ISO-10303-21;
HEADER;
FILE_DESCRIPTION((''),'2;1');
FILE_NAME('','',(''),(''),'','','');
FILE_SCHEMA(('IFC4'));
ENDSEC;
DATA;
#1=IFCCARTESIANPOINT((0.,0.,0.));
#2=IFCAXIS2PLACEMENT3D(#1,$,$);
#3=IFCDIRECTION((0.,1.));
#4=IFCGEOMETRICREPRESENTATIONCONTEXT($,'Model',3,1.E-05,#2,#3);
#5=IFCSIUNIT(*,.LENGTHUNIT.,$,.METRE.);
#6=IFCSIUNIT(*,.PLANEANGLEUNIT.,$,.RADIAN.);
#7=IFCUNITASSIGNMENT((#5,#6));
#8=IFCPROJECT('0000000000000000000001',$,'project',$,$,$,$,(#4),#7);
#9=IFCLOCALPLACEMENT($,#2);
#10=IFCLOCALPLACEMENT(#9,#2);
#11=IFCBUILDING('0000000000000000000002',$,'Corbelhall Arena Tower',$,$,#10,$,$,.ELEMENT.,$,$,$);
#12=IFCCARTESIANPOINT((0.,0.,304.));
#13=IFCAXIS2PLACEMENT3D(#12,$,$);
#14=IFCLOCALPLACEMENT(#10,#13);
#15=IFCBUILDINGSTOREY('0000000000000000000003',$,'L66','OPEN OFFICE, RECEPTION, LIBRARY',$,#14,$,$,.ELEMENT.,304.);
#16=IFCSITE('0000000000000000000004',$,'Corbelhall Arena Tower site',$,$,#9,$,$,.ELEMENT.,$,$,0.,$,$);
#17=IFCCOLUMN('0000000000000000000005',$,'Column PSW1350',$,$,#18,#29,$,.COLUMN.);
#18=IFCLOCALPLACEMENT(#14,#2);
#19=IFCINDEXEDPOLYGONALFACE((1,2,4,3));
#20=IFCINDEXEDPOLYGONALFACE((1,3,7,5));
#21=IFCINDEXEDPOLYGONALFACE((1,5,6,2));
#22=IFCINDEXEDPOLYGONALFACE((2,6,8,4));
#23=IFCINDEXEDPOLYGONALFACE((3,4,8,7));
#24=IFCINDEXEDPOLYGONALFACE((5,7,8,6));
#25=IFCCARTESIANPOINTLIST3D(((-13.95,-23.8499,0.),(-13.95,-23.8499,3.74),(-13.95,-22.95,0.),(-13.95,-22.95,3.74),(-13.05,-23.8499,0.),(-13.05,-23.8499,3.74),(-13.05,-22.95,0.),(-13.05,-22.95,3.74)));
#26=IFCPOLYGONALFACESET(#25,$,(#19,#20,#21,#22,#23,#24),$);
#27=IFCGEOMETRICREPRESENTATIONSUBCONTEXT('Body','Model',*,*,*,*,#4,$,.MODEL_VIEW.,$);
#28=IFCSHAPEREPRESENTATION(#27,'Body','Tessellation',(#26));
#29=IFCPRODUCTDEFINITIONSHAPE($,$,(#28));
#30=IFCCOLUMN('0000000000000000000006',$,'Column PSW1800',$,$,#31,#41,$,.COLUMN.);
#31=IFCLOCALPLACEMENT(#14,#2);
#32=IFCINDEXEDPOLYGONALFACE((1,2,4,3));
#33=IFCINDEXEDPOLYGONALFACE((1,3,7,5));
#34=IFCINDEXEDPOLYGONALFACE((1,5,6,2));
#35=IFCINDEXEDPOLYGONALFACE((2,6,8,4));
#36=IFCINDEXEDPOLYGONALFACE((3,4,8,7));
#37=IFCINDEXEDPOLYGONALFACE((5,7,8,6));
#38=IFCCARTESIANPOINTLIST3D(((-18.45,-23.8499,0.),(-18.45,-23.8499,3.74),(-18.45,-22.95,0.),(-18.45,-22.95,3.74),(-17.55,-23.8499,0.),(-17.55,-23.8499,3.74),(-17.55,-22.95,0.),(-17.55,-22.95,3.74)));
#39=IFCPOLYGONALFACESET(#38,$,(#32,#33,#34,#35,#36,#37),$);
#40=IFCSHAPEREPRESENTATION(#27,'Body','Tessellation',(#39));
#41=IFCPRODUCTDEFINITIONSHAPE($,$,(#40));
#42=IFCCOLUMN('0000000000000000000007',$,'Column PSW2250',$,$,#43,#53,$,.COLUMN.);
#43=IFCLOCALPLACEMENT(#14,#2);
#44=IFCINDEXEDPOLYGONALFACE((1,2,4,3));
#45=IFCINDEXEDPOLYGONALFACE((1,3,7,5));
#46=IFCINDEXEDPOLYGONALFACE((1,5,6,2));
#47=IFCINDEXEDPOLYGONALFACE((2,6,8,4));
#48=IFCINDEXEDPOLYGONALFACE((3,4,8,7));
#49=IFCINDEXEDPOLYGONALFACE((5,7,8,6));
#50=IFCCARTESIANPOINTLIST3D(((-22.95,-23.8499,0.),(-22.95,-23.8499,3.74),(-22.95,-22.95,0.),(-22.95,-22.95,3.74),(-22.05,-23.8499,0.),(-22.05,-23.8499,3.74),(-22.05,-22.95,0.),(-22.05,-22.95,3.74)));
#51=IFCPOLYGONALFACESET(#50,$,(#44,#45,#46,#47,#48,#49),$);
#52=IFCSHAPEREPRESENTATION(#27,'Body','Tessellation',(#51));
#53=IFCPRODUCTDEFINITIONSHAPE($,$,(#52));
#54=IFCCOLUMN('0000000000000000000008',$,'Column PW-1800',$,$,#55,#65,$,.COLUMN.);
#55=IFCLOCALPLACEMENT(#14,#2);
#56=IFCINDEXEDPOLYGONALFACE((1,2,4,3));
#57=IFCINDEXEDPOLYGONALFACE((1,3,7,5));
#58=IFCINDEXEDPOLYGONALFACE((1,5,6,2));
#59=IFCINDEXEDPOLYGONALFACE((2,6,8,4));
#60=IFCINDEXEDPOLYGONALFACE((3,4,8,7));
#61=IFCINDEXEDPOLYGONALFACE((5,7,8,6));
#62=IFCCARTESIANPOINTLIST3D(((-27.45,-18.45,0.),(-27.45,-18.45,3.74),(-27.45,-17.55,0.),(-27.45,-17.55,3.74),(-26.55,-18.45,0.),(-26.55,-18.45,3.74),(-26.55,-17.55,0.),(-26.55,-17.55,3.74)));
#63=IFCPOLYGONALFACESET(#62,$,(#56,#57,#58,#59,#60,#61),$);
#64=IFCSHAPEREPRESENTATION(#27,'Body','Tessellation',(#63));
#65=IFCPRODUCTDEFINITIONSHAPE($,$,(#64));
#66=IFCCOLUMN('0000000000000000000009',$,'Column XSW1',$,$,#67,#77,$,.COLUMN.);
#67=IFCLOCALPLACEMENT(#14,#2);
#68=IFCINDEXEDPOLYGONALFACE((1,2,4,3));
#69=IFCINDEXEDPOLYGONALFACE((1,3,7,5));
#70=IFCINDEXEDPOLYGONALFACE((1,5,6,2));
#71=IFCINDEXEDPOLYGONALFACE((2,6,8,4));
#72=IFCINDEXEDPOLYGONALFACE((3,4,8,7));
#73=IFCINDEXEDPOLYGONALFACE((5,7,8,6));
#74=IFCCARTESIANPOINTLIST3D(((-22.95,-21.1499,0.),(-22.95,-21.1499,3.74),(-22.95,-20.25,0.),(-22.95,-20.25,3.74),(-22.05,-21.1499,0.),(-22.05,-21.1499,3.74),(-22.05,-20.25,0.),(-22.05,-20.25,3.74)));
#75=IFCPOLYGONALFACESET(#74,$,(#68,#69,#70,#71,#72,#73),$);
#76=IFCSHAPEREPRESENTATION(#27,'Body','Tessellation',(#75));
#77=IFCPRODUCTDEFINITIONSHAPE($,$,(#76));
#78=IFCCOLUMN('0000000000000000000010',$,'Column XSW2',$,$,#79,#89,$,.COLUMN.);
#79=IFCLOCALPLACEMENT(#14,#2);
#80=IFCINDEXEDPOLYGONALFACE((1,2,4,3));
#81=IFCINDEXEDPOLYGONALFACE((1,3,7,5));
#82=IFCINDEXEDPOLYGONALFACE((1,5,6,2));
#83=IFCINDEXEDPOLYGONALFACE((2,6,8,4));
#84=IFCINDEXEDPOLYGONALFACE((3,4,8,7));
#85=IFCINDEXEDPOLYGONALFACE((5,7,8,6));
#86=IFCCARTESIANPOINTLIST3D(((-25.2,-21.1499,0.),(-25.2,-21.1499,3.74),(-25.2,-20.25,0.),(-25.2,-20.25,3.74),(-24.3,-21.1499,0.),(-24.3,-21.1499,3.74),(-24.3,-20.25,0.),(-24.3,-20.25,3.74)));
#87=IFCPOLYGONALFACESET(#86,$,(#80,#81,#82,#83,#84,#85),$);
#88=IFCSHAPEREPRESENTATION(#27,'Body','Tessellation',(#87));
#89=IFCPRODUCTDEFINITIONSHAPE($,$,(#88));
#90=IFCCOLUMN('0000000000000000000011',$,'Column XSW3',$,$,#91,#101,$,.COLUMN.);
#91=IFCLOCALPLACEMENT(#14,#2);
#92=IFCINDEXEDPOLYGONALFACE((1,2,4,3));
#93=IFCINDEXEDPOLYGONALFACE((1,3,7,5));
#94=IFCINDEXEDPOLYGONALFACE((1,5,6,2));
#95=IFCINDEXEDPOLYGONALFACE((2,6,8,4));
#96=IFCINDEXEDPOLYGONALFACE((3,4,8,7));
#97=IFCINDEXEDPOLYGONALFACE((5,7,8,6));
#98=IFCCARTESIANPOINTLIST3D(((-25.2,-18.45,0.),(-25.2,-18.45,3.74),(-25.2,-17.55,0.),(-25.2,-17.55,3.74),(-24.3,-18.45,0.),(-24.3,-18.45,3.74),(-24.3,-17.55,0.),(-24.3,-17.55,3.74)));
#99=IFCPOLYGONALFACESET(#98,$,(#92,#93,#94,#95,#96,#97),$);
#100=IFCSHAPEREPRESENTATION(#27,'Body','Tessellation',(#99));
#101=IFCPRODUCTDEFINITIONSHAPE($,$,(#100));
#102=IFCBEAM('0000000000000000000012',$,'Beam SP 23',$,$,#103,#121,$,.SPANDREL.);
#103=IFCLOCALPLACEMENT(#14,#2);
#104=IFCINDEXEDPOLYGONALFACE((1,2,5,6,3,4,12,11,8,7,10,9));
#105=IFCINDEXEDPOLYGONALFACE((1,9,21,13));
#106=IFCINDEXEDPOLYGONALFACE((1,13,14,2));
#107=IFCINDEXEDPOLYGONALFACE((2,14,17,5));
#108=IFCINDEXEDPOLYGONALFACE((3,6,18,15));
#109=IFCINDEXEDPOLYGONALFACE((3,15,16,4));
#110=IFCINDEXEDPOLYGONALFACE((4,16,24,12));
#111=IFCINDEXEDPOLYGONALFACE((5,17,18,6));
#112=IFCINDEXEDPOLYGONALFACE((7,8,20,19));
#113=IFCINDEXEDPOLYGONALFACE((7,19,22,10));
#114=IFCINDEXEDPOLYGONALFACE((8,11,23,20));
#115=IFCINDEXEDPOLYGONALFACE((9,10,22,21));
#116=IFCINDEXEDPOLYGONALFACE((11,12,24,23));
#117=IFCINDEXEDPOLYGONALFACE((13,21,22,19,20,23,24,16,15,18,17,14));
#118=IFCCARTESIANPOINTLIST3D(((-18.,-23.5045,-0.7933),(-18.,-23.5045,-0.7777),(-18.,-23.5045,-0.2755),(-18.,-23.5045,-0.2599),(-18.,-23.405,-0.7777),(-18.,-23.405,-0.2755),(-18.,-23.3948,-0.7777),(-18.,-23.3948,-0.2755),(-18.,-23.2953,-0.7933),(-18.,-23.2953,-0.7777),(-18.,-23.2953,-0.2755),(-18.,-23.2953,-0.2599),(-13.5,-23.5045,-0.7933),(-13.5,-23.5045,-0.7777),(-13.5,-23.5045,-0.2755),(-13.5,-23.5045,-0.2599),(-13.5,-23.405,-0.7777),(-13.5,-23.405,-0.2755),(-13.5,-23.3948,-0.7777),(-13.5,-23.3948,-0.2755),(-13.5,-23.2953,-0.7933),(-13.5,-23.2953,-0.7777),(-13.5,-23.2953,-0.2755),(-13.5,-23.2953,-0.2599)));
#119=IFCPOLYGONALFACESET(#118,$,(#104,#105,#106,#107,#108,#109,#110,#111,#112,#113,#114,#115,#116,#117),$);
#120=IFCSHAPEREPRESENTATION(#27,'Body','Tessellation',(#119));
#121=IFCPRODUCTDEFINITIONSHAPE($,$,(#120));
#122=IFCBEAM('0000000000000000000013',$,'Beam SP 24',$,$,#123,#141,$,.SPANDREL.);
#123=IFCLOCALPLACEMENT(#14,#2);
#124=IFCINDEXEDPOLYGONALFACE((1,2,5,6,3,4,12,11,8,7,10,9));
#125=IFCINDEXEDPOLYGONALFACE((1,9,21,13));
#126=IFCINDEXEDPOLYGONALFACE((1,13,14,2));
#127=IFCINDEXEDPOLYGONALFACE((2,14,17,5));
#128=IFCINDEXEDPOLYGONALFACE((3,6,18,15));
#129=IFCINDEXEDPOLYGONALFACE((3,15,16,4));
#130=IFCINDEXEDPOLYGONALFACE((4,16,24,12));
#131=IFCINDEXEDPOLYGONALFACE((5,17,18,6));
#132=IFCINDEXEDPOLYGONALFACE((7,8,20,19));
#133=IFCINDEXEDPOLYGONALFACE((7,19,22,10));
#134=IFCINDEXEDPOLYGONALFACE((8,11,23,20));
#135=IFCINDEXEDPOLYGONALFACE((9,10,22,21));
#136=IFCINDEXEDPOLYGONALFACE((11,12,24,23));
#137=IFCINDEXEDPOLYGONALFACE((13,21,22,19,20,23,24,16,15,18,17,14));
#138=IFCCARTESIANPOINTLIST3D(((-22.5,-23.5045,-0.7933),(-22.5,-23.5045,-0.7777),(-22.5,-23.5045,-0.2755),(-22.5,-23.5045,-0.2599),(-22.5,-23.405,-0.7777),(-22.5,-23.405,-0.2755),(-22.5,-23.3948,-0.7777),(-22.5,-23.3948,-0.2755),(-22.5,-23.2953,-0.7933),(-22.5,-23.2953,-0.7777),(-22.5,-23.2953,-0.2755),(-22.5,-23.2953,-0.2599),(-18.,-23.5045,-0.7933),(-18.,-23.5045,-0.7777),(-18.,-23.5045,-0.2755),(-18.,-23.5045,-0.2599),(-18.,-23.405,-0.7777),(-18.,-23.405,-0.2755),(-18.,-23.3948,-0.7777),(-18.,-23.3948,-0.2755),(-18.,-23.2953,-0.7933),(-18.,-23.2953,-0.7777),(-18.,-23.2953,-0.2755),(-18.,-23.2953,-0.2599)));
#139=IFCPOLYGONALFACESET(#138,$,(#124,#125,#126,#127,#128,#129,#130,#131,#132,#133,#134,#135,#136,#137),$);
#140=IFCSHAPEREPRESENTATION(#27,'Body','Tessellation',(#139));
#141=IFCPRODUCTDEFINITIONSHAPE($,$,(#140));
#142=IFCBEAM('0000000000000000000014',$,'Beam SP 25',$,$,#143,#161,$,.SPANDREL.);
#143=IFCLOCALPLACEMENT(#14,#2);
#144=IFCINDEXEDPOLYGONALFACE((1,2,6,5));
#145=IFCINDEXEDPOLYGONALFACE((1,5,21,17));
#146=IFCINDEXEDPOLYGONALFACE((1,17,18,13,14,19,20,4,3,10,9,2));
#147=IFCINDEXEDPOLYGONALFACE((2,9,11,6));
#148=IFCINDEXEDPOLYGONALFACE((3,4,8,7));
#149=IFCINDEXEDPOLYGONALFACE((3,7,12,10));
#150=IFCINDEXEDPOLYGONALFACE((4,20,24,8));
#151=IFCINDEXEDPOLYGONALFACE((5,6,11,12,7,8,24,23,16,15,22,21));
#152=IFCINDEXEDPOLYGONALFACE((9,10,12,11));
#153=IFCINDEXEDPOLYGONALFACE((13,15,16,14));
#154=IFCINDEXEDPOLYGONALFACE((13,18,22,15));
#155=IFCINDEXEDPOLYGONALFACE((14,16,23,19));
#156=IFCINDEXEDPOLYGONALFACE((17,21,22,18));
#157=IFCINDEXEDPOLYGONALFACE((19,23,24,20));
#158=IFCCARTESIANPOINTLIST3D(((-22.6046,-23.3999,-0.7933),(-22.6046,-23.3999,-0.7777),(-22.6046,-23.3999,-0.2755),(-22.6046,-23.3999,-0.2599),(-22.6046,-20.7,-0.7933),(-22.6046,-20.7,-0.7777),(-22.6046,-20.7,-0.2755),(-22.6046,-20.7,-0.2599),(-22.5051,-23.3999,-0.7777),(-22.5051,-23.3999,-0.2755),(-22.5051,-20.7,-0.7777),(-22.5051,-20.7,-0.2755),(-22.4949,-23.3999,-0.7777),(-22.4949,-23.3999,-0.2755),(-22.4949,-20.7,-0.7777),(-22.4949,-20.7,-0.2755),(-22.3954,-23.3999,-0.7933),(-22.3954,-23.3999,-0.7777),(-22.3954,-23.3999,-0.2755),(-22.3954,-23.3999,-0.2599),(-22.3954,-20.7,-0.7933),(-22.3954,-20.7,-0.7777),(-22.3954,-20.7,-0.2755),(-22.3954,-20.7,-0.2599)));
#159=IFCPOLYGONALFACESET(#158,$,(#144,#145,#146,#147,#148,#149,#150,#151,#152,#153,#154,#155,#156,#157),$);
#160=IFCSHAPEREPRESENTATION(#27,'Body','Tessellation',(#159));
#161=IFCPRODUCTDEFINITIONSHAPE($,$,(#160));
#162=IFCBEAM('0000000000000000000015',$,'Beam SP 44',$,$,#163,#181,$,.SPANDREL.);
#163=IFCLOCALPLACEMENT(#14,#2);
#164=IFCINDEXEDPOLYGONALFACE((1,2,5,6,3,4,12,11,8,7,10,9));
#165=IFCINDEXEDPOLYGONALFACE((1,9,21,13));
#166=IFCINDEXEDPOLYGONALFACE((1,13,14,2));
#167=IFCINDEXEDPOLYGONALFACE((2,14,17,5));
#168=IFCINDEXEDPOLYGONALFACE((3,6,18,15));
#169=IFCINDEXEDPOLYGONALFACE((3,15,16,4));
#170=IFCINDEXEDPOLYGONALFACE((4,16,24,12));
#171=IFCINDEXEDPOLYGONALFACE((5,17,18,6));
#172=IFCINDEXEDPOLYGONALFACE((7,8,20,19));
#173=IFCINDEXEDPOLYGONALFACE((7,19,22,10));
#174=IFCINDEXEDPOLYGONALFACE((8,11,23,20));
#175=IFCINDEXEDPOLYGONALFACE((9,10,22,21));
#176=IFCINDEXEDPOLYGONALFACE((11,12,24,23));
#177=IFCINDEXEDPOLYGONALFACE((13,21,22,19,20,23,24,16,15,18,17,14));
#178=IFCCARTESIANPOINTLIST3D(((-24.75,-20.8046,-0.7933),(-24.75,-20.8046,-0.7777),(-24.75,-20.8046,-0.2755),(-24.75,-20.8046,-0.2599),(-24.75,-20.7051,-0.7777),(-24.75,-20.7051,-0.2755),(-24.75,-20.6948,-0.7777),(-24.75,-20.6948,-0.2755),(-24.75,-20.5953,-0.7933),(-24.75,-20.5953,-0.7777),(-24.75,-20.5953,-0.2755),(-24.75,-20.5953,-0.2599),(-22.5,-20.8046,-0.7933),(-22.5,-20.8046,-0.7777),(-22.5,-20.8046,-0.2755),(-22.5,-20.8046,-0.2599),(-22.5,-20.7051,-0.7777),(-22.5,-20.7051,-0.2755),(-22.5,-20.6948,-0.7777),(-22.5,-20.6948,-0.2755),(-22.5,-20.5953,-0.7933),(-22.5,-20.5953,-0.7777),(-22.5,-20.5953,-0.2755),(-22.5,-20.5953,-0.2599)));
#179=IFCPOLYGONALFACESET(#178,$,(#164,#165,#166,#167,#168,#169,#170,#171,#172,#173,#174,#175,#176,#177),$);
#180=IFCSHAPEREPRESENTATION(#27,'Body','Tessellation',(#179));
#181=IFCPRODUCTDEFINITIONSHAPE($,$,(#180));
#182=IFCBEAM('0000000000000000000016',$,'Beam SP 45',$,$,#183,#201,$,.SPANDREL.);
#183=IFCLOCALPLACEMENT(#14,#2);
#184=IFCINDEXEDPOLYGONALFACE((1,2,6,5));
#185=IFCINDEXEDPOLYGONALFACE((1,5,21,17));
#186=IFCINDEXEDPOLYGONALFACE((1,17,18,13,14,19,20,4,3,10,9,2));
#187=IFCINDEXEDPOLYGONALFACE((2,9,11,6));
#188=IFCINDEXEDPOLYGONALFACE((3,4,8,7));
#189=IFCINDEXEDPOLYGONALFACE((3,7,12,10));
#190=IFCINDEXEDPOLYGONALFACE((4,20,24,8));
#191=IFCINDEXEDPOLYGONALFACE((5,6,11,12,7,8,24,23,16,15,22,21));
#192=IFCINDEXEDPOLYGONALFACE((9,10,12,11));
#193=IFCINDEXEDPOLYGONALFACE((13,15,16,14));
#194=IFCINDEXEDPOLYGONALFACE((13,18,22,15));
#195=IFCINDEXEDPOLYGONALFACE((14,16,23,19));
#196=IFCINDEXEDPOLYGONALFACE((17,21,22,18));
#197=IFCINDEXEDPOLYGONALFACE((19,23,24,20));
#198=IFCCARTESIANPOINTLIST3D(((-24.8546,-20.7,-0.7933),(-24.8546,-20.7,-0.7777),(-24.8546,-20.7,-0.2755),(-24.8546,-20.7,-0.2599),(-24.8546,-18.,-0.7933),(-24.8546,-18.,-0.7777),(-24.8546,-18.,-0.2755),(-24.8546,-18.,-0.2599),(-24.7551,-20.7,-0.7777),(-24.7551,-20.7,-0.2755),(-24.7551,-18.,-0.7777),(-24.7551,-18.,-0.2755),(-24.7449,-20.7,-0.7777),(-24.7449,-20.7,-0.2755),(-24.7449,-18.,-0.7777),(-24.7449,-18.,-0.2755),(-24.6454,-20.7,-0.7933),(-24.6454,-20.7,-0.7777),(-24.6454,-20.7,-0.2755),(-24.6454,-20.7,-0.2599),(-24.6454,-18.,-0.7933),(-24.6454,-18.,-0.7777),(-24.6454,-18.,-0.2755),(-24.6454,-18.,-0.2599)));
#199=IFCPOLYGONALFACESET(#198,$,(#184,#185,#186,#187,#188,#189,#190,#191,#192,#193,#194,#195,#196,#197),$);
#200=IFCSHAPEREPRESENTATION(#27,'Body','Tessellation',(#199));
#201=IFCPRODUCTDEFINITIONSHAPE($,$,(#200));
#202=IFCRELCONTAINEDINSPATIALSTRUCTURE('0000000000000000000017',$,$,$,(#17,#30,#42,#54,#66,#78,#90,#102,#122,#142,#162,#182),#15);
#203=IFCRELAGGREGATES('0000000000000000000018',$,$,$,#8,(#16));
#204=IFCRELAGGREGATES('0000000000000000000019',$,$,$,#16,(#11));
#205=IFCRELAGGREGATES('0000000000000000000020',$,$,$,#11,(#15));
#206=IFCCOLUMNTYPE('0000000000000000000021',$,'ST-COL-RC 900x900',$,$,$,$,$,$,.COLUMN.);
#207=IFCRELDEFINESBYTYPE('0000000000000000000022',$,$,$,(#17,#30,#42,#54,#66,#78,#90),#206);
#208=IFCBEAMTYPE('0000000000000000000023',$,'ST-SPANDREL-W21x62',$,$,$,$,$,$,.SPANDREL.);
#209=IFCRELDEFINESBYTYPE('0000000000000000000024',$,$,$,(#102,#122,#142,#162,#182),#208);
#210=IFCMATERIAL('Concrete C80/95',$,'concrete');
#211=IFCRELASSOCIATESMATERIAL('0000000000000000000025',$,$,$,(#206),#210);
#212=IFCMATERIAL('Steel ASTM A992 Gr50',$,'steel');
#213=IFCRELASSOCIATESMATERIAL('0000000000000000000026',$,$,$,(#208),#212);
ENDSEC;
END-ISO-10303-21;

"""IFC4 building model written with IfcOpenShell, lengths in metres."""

from ifc_helpers import new_model, si_unit, direction, frame, origin, origin_2d, place, context, subcontext, project, spatial, rectangle, i_section, extrude, material, material_profile, profile_set, type_object, element, save


model = new_model("IFC4")

# Units and contexts
model_context = context("Model", 3, precision=1e-05, world=origin(), true_north=direction((0.0, 1.0)))
body_context = subcontext(model_context, "Body", "Model", "MODEL_VIEW")
ifc_project = project(units=[si_unit("LENGTHUNIT", "METRE"), si_unit("PLANEANGLEUNIT", "RADIAN")], contexts=[model_context])

# Site, building, storey
site_placement = place(None, origin())
site = spatial("IfcSite", under=ifc_project, at=site_placement, Name="Corbelhall Arena Tower site", CompositionType="ELEMENT", RefElevation=0.0)
building_placement = place(site_placement, origin())
building = spatial("IfcBuilding", under=site, at=building_placement, Name="Corbelhall Arena Tower", CompositionType="ELEMENT")
storey_placement = place(building_placement, frame((0.0, 0.0, 304.0)))
storey = spatial("IfcBuildingStorey", under=building, at=storey_placement, Name="L66", Description="OPEN OFFICE, RECEPTION, LIBRARY", CompositionType="ELEMENT", Elevation=304.0)

# Columns
ifc_material_1 = material(Name="Concrete C80/95", Category="concrete")
ifc_material_profile_1 = material_profile(ifc_material_1, rectangle(XDim=0.8999, YDim=0.8999, at=origin_2d()))
ifc_profile_set_1 = profile_set([ifc_material_profile_1], Name="Concrete C80/95")
column_type = type_object("IfcColumnType", Name="ST-COL-RC 900x900", PredefinedType="COLUMN", material=ifc_profile_set_1)
for number, where, z_axis, x_axis, name in (
    (1, (-13.5, -23.3999, 0.0), (0.0, 0.0, 1.0), (1.0, 0.0, 0.0), "Column PSW1350"),
    (2, (-18.0, -23.3999, 0.0), (0.0, 0.0, 1.0), (1.0, 0.0, 0.0), "Column PSW1800"),
    (3, (-22.5, -23.3999, 0.0), (0.0, 0.0, 1.0), (1.0, 0.0, 0.0), "Column PSW2250"),
    (4, (-27.0, -18.0, 0.0), (0.0, 0.0, 1.0), (0.0, 1.0, 0.0), "Column PW-1800"),
    (5, (-22.5, -20.7, 0.0), (0.0, 0.0, 1.0), (1.0, 0.0, 0.0), "Column XSW1"),
    (6, (-24.75, -20.7, 0.0), (0.0, 0.0, 1.0), (1.0, 0.0, 0.0), "Column XSW2"),
    (7, (-24.75, -18.0, 0.0), (0.0, 0.0, 1.0), (1.0, 0.0, 0.0), "Column XSW3"),
):
    element("IfcColumn", number, at=place(storey_placement, frame(where, z_axis=z_axis, x_axis=x_axis)), inside=storey, type_object=column_type, Name=name, PredefinedType="COLUMN", context=body_context, shape_type="SweptSolid", body=[
        extrude(rectangle(XDim=0.8999, YDim=0.8999, at=origin_2d()), origin(), (0.0, 0.0, 1.0), 3.74),
    ])

# Beams
ifc_material_2 = material(Name="Steel ASTM A992 Gr50", Category="steel")
ifc_material_profile_2 = material_profile(ifc_material_2, i_section(OverallWidth=0.2092, OverallDepth=0.5334, WebThickness=0.0103, FlangeThickness=0.0156, at=origin_2d()))
ifc_profile_set_2 = profile_set([ifc_material_profile_2], Name="Steel ASTM A992 Gr50")
beam_type_1 = type_object("IfcBeamType", Name="ST-SPANDREL-W21x62", PredefinedType="SPANDREL", material=ifc_profile_set_2)
for number, where, z_axis, x_axis, name in (
    (8, (-13.5, -23.3999, -0.5266), (-1.0, 0.0, 0.0), (0.0, -1.0, 0.0), "Beam SP 23"),
    (9, (-18.0, -23.3999, -0.5266), (-1.0, 0.0, 0.0), (0.0, -1.0, 0.0), "Beam SP 24"),
):
    element("IfcBeam", number, at=place(storey_placement, frame(where, z_axis=z_axis, x_axis=x_axis)), inside=storey, type_object=beam_type_1, Name=name, PredefinedType="SPANDREL", context=body_context, shape_type="SweptSolid", body=[
        extrude(i_section(OverallWidth=0.2092, OverallDepth=0.5334, WebThickness=0.0103, FlangeThickness=0.0156, at=origin_2d()), origin(), (0.0, 0.0, 1.0), 4.5),
    ])
beam_1_placement = place(storey_placement, frame((-22.5, -23.3999, -0.5266), z_axis=(0.0, 1.0, 0.0), x_axis=(-1.0, 0.0, 0.0)))
element("IfcBeam", 10, at=beam_1_placement, inside=storey, type_object=beam_type_1, Name="Beam SP 25", PredefinedType="SPANDREL", context=body_context, shape_type="SweptSolid", body=[
    extrude(i_section(OverallWidth=0.2092, OverallDepth=0.5334, WebThickness=0.0103, FlangeThickness=0.0156, at=origin_2d()), origin(), (0.0, 0.0, 1.0), 2.7),
])
beam_2_placement = place(storey_placement, frame((-22.5, -20.7, -0.5266), z_axis=(-1.0, 0.0, 0.0), x_axis=(0.0, -1.0, 0.0)))
element("IfcBeam", 11, at=beam_2_placement, inside=storey, type_object=beam_type_1, Name="Beam SP 44", PredefinedType="SPANDREL", context=body_context, shape_type="SweptSolid", body=[
    extrude(i_section(OverallWidth=0.2092, OverallDepth=0.5334, WebThickness=0.0103, FlangeThickness=0.0156, at=origin_2d()), origin(), (0.0, 0.0, 1.0), 2.25),
])
beam_3_placement = place(storey_placement, frame((-24.75, -20.7, -0.5266), z_axis=(0.0, 1.0, 0.0), x_axis=(-1.0, 0.0, 0.0)))
element("IfcBeam", 12, at=beam_3_placement, inside=storey, type_object=beam_type_1, Name="Beam SP 45", PredefinedType="SPANDREL", context=body_context, shape_type="SweptSolid", body=[
    extrude(i_section(OverallWidth=0.2092, OverallDepth=0.5334, WebThickness=0.0103, FlangeThickness=0.0156, at=origin_2d()), origin(), (0.0, 0.0, 1.0), 2.7),
])

save(model, "model.ifc")
